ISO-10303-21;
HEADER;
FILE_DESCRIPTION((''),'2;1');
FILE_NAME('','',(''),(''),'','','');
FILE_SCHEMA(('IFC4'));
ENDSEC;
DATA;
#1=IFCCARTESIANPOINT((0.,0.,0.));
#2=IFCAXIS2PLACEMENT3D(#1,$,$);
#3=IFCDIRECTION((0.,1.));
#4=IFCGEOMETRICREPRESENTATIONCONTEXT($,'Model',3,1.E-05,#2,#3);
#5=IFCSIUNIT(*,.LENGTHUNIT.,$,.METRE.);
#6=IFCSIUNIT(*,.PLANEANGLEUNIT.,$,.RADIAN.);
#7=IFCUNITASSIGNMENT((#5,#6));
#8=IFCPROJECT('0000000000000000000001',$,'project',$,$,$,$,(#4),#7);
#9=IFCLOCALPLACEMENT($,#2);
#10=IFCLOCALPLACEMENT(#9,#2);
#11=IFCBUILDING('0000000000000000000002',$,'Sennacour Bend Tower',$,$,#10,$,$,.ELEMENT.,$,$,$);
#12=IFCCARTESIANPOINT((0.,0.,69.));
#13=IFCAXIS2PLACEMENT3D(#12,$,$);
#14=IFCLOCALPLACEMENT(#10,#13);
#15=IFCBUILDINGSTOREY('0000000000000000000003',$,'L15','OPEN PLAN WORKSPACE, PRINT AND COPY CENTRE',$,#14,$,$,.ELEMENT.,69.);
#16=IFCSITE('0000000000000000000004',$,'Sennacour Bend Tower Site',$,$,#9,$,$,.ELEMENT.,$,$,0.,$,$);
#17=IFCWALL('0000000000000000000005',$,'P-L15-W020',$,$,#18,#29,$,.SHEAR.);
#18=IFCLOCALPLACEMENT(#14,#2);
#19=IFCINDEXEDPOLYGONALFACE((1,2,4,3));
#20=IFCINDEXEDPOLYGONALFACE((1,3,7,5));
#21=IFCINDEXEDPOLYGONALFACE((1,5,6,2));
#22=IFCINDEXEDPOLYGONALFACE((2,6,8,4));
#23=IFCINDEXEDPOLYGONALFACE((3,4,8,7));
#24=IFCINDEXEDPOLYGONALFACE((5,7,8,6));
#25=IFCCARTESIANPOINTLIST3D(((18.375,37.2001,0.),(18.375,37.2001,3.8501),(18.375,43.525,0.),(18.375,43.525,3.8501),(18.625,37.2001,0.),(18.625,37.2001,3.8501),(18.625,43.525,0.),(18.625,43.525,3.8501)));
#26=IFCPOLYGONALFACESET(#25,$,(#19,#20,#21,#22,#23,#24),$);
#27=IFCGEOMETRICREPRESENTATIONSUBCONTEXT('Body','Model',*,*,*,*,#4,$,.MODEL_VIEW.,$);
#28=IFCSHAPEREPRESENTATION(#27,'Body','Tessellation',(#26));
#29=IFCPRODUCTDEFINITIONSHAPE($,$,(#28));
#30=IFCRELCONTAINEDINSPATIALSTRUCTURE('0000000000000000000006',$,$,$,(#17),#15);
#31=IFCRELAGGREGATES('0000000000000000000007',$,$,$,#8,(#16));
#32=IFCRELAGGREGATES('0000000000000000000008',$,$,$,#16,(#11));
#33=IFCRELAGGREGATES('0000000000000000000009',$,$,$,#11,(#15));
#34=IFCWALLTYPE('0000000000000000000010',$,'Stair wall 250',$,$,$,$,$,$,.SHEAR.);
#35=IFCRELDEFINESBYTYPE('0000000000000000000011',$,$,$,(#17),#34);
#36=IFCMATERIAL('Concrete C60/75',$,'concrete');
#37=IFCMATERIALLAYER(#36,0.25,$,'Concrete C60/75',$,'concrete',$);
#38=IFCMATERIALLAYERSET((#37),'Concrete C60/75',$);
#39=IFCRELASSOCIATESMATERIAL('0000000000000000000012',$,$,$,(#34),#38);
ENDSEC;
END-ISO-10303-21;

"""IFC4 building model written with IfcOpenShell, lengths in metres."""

from ifc_helpers import new_model, si_unit, direction, frame, frame_2d, origin, place, context, subcontext, project, spatial, rectangle, extrude, material, layer, layer_set, type_object, element, save


model = new_model("IFC4")

# Units and contexts
model_context = context("Model", 3, precision=1e-05, world=origin(), true_north=direction((0.0, 1.0)))
body_context = subcontext(model_context, "Body", "Model", "MODEL_VIEW")
ifc_project = project(units=[si_unit("LENGTHUNIT", "METRE"), si_unit("PLANEANGLEUNIT", "RADIAN")], contexts=[model_context])

# Site, building, storey
site_placement = place(None, origin())
site = spatial("IfcSite", under=ifc_project, at=site_placement, Name="Sennacour Bend Tower Site", CompositionType="ELEMENT", RefElevation=0.0)
building_placement = place(site_placement, origin())
building = spatial("IfcBuilding", under=site, at=building_placement, Name="Sennacour Bend Tower", CompositionType="ELEMENT")
storey_placement = place(building_placement, frame((0.0, 0.0, 69.0)))
storey = spatial("IfcBuildingStorey", under=building, at=storey_placement, Name="L15", Description="OPEN PLAN WORKSPACE, PRINT AND COPY CENTRE", CompositionType="ELEMENT", Elevation=69.0)

# Wall
ifc_material_1 = material(Name="Concrete C60/75", Category="concrete")
ifc_layer_1 = layer(ifc_material_1, 0.25, Name="Concrete C60/75", Category="concrete")
ifc_layer_set_1 = layer_set([ifc_layer_1], Name="Concrete C60/75")
wall_type_1 = type_object("IfcWallType", Name="Stair wall 250", PredefinedType="SHEAR", material=ifc_layer_set_1)
wall_1_placement = place(storey_placement, frame((18.5, 37.2, 0.0), z_axis=(0.0, 0.0, 1.0), x_axis=(0.0, 1.0, 0.0)))
element("IfcWall", 1, at=wall_1_placement, inside=storey, type_object=wall_type_1, Name="P-L15-W020", PredefinedType="SHEAR", context=body_context, shape_type="SweptSolid", body=[
    extrude(rectangle(XDim=6.325, YDim=0.25, at=frame_2d((3.1626, 0.0))), origin(), (0.0, 0.0, 1.0), 3.8501),
])

save(model, "model.ifc")
